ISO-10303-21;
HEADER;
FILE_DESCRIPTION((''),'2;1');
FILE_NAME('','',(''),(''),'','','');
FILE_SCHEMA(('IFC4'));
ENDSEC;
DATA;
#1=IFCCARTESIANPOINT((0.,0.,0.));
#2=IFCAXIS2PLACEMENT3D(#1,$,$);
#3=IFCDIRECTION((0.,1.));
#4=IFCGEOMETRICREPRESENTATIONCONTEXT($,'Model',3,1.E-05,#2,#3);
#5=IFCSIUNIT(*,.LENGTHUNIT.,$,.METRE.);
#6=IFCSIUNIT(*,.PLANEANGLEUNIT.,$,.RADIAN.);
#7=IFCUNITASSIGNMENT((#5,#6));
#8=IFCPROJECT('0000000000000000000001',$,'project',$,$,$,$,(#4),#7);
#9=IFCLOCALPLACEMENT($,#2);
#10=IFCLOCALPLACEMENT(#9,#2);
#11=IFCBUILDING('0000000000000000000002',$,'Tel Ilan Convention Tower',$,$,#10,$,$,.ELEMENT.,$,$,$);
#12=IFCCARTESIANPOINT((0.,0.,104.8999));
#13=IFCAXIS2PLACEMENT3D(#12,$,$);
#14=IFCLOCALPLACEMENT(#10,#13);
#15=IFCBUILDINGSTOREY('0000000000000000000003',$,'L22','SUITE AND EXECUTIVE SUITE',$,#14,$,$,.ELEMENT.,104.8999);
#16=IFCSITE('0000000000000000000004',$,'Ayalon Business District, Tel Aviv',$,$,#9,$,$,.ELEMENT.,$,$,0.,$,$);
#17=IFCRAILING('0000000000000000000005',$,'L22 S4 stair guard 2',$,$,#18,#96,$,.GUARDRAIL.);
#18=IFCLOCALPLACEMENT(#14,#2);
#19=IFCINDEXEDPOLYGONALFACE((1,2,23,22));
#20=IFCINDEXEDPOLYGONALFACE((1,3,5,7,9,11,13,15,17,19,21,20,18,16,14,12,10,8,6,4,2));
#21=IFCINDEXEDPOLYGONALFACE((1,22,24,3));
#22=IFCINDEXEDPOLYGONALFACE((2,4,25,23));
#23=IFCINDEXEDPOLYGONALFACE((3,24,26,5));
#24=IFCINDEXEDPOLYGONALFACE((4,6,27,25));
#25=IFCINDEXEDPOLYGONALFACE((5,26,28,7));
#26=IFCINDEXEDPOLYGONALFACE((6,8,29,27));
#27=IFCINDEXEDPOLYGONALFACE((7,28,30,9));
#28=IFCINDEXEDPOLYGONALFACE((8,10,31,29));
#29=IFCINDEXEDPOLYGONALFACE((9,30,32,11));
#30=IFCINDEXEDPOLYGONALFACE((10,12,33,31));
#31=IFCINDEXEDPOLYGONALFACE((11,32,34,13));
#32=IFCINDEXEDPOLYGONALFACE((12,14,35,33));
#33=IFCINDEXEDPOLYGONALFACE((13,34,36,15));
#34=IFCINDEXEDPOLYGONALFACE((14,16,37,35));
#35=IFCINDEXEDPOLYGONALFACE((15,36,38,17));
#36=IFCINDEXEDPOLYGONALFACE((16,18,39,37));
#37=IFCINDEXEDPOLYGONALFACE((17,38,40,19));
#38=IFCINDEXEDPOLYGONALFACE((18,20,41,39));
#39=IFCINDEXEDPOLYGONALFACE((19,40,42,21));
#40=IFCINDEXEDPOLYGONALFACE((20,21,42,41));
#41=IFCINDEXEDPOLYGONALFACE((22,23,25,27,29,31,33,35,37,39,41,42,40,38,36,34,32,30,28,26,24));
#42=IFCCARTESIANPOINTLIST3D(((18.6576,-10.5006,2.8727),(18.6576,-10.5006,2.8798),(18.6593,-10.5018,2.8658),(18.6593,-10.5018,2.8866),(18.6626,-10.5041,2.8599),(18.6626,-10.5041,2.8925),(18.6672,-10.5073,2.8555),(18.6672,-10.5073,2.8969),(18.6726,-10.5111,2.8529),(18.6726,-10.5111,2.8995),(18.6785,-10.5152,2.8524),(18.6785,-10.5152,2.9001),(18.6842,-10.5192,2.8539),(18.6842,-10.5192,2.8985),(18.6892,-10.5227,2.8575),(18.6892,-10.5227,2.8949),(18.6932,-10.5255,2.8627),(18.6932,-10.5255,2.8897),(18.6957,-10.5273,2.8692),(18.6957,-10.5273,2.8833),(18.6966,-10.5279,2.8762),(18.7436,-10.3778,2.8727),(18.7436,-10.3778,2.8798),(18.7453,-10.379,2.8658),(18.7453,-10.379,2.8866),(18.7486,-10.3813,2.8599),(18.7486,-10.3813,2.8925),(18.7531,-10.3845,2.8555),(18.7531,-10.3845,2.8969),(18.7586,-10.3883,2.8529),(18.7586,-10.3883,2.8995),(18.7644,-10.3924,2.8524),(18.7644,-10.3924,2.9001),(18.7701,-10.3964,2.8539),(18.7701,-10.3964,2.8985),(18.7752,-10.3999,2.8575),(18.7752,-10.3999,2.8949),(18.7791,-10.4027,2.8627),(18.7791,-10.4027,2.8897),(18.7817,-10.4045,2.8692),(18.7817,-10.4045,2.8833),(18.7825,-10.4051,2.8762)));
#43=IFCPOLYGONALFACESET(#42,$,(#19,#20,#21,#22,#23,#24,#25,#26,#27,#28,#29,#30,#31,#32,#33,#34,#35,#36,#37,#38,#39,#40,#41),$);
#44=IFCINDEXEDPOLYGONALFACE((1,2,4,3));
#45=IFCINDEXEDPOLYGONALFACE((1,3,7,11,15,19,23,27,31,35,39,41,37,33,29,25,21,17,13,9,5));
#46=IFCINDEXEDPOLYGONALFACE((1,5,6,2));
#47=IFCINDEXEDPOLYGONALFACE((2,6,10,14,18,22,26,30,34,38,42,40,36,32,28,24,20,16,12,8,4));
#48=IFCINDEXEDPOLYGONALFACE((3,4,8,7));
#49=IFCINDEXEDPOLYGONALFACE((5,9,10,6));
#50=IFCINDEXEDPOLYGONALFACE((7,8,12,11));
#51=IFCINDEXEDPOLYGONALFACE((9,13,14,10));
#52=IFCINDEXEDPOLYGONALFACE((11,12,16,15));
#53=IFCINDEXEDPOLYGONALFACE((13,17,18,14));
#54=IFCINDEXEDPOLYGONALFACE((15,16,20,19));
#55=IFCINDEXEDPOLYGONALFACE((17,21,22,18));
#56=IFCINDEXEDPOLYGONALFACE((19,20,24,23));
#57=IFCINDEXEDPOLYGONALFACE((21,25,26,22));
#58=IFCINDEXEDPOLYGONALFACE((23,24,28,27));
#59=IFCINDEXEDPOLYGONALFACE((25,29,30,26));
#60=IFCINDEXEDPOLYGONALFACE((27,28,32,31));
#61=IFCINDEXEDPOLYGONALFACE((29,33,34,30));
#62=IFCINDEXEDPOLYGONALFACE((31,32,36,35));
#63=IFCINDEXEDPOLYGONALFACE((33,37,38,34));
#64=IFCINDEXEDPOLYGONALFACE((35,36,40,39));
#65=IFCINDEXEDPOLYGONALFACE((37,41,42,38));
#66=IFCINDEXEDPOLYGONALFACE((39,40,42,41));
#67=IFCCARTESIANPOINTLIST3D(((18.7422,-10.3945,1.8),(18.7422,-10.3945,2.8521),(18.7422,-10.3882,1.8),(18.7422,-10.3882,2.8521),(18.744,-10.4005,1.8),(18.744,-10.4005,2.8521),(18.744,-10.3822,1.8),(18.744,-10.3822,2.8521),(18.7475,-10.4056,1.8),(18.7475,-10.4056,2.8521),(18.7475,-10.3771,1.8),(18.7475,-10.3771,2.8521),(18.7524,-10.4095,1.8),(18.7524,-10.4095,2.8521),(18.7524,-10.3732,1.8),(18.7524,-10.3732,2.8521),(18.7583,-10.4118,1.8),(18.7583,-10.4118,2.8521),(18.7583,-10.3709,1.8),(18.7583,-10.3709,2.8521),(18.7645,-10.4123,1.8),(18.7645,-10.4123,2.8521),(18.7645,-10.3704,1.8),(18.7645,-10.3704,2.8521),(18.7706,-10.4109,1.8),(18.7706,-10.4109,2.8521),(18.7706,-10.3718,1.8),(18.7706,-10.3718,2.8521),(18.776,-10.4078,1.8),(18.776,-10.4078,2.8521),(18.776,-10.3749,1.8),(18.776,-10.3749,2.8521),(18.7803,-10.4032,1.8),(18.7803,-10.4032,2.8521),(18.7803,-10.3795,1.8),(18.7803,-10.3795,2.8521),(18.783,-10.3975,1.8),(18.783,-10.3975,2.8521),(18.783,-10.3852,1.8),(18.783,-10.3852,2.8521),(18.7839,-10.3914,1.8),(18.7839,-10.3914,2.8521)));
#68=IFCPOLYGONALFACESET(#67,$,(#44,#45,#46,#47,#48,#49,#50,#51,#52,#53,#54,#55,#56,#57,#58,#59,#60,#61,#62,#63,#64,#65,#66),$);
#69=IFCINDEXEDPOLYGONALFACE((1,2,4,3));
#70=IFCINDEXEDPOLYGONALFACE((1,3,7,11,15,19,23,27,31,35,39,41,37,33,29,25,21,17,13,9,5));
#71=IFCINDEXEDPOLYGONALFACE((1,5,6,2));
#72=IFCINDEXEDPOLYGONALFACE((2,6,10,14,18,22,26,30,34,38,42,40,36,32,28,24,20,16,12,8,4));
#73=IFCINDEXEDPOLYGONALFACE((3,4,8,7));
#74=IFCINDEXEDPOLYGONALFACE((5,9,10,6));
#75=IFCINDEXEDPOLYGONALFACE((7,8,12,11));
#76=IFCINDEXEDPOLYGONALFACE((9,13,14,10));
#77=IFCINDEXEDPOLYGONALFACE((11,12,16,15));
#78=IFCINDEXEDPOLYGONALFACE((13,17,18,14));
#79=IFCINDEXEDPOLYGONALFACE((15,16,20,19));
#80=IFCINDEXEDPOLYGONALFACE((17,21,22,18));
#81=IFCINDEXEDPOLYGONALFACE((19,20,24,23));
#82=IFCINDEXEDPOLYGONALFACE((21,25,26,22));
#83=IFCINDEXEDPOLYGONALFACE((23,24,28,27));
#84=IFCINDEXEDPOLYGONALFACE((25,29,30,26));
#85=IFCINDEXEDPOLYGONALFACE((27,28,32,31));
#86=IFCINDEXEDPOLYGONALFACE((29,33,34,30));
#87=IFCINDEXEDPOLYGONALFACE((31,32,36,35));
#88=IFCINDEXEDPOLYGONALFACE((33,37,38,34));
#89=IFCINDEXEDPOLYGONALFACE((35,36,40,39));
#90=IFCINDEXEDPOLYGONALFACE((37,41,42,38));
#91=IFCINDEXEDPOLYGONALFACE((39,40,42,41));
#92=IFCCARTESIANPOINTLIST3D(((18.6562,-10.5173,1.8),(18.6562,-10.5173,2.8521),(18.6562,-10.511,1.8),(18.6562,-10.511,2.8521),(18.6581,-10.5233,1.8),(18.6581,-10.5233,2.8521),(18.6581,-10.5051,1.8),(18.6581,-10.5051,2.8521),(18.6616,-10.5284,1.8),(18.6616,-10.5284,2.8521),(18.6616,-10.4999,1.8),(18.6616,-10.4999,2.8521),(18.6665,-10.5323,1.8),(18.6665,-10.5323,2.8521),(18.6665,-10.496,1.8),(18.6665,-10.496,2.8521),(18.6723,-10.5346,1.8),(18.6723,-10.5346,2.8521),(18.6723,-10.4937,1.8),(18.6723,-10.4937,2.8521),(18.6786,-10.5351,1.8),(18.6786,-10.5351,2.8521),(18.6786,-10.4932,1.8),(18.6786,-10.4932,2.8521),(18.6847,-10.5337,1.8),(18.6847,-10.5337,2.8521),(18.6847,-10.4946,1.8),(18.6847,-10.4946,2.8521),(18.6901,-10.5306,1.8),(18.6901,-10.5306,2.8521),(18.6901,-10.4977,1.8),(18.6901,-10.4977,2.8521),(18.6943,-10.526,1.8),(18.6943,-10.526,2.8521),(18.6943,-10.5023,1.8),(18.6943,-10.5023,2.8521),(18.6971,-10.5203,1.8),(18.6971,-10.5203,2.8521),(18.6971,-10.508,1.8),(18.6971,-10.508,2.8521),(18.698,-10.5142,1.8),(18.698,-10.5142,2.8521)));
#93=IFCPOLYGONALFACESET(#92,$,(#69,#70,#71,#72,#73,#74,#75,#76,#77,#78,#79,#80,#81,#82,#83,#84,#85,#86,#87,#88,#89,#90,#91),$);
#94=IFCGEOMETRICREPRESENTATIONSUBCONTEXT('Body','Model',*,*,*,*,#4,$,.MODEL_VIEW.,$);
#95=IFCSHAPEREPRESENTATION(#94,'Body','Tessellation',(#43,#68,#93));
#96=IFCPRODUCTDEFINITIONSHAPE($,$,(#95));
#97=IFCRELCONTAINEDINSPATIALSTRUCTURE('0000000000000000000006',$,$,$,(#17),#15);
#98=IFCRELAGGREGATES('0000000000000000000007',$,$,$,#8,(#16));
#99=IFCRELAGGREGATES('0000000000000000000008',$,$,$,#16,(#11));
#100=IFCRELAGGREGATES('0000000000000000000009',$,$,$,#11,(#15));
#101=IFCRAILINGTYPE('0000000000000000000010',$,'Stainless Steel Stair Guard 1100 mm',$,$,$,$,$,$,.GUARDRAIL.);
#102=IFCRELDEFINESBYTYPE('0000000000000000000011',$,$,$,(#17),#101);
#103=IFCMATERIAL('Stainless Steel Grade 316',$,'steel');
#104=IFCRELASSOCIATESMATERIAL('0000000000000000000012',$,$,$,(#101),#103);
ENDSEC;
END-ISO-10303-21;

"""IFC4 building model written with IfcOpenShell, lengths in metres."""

from ifc_helpers import new_model, si_unit, direction, frame, origin, origin_2d, place, context, subcontext, project, spatial, circle, extrude, material, type_object, element, save


model = new_model("IFC4")

# Units and contexts
model_context = context("Model", 3, precision=1e-05, world=origin(), true_north=direction((0.0, 1.0)))
body_context = subcontext(model_context, "Body", "Model", "MODEL_VIEW")
ifc_project = project(units=[si_unit("LENGTHUNIT", "METRE"), si_unit("PLANEANGLEUNIT", "RADIAN")], contexts=[model_context])

# Site, building, storey
site_placement = place(None, origin())
site = spatial("IfcSite", under=ifc_project, at=site_placement, Name="Ayalon Business District, Tel Aviv", CompositionType="ELEMENT", RefElevation=0.0)
building_placement = place(site_placement, origin())
building = spatial("IfcBuilding", under=site, at=building_placement, Name="Tel Ilan Convention Tower", CompositionType="ELEMENT")
storey_placement = place(building_placement, frame((0.0, 0.0, 104.8999)))
storey = spatial("IfcBuildingStorey", under=building, at=storey_placement, Name="L22", Description="SUITE AND EXECUTIVE SUITE", CompositionType="ELEMENT", Elevation=104.8999)

# Railing
ifc_material_1 = material(Name="Stainless Steel Grade 316", Category="steel")
railing_type_1 = type_object("IfcRailingType", Name="Stainless Steel Stair Guard 1100 mm", PredefinedType="GUARDRAIL", material=ifc_material_1)
railing_1_placement = place(storey_placement, frame((18.7629, -10.3914, 1.8)))
element("IfcRailing", 1, at=railing_1_placement, inside=storey, type_object=railing_type_1, Name="L22 S4 stair guard 2", PredefinedType="GUARDRAIL", context=body_context, shape_type="SweptSolid", body=[
    extrude(circle(Radius=0.0239, at=origin_2d()), frame((0.0, 0.0, 1.0762), z_axis=(-0.573353, -0.819308, 0.0), x_axis=(0.819308, -0.573353, 0.0)), (0.0, 0.0, 1.0), 0.1499),
    extrude(circle(Radius=0.021, at=origin_2d()), origin(), (0.0, 0.0, 1.0), 1.052),
    extrude(circle(Radius=0.021, at=origin_2d()), frame((-0.0859, -0.1228, 0.0)), (0.0, 0.0, 1.0), 1.052),
])

save(model, "model.ifc")
